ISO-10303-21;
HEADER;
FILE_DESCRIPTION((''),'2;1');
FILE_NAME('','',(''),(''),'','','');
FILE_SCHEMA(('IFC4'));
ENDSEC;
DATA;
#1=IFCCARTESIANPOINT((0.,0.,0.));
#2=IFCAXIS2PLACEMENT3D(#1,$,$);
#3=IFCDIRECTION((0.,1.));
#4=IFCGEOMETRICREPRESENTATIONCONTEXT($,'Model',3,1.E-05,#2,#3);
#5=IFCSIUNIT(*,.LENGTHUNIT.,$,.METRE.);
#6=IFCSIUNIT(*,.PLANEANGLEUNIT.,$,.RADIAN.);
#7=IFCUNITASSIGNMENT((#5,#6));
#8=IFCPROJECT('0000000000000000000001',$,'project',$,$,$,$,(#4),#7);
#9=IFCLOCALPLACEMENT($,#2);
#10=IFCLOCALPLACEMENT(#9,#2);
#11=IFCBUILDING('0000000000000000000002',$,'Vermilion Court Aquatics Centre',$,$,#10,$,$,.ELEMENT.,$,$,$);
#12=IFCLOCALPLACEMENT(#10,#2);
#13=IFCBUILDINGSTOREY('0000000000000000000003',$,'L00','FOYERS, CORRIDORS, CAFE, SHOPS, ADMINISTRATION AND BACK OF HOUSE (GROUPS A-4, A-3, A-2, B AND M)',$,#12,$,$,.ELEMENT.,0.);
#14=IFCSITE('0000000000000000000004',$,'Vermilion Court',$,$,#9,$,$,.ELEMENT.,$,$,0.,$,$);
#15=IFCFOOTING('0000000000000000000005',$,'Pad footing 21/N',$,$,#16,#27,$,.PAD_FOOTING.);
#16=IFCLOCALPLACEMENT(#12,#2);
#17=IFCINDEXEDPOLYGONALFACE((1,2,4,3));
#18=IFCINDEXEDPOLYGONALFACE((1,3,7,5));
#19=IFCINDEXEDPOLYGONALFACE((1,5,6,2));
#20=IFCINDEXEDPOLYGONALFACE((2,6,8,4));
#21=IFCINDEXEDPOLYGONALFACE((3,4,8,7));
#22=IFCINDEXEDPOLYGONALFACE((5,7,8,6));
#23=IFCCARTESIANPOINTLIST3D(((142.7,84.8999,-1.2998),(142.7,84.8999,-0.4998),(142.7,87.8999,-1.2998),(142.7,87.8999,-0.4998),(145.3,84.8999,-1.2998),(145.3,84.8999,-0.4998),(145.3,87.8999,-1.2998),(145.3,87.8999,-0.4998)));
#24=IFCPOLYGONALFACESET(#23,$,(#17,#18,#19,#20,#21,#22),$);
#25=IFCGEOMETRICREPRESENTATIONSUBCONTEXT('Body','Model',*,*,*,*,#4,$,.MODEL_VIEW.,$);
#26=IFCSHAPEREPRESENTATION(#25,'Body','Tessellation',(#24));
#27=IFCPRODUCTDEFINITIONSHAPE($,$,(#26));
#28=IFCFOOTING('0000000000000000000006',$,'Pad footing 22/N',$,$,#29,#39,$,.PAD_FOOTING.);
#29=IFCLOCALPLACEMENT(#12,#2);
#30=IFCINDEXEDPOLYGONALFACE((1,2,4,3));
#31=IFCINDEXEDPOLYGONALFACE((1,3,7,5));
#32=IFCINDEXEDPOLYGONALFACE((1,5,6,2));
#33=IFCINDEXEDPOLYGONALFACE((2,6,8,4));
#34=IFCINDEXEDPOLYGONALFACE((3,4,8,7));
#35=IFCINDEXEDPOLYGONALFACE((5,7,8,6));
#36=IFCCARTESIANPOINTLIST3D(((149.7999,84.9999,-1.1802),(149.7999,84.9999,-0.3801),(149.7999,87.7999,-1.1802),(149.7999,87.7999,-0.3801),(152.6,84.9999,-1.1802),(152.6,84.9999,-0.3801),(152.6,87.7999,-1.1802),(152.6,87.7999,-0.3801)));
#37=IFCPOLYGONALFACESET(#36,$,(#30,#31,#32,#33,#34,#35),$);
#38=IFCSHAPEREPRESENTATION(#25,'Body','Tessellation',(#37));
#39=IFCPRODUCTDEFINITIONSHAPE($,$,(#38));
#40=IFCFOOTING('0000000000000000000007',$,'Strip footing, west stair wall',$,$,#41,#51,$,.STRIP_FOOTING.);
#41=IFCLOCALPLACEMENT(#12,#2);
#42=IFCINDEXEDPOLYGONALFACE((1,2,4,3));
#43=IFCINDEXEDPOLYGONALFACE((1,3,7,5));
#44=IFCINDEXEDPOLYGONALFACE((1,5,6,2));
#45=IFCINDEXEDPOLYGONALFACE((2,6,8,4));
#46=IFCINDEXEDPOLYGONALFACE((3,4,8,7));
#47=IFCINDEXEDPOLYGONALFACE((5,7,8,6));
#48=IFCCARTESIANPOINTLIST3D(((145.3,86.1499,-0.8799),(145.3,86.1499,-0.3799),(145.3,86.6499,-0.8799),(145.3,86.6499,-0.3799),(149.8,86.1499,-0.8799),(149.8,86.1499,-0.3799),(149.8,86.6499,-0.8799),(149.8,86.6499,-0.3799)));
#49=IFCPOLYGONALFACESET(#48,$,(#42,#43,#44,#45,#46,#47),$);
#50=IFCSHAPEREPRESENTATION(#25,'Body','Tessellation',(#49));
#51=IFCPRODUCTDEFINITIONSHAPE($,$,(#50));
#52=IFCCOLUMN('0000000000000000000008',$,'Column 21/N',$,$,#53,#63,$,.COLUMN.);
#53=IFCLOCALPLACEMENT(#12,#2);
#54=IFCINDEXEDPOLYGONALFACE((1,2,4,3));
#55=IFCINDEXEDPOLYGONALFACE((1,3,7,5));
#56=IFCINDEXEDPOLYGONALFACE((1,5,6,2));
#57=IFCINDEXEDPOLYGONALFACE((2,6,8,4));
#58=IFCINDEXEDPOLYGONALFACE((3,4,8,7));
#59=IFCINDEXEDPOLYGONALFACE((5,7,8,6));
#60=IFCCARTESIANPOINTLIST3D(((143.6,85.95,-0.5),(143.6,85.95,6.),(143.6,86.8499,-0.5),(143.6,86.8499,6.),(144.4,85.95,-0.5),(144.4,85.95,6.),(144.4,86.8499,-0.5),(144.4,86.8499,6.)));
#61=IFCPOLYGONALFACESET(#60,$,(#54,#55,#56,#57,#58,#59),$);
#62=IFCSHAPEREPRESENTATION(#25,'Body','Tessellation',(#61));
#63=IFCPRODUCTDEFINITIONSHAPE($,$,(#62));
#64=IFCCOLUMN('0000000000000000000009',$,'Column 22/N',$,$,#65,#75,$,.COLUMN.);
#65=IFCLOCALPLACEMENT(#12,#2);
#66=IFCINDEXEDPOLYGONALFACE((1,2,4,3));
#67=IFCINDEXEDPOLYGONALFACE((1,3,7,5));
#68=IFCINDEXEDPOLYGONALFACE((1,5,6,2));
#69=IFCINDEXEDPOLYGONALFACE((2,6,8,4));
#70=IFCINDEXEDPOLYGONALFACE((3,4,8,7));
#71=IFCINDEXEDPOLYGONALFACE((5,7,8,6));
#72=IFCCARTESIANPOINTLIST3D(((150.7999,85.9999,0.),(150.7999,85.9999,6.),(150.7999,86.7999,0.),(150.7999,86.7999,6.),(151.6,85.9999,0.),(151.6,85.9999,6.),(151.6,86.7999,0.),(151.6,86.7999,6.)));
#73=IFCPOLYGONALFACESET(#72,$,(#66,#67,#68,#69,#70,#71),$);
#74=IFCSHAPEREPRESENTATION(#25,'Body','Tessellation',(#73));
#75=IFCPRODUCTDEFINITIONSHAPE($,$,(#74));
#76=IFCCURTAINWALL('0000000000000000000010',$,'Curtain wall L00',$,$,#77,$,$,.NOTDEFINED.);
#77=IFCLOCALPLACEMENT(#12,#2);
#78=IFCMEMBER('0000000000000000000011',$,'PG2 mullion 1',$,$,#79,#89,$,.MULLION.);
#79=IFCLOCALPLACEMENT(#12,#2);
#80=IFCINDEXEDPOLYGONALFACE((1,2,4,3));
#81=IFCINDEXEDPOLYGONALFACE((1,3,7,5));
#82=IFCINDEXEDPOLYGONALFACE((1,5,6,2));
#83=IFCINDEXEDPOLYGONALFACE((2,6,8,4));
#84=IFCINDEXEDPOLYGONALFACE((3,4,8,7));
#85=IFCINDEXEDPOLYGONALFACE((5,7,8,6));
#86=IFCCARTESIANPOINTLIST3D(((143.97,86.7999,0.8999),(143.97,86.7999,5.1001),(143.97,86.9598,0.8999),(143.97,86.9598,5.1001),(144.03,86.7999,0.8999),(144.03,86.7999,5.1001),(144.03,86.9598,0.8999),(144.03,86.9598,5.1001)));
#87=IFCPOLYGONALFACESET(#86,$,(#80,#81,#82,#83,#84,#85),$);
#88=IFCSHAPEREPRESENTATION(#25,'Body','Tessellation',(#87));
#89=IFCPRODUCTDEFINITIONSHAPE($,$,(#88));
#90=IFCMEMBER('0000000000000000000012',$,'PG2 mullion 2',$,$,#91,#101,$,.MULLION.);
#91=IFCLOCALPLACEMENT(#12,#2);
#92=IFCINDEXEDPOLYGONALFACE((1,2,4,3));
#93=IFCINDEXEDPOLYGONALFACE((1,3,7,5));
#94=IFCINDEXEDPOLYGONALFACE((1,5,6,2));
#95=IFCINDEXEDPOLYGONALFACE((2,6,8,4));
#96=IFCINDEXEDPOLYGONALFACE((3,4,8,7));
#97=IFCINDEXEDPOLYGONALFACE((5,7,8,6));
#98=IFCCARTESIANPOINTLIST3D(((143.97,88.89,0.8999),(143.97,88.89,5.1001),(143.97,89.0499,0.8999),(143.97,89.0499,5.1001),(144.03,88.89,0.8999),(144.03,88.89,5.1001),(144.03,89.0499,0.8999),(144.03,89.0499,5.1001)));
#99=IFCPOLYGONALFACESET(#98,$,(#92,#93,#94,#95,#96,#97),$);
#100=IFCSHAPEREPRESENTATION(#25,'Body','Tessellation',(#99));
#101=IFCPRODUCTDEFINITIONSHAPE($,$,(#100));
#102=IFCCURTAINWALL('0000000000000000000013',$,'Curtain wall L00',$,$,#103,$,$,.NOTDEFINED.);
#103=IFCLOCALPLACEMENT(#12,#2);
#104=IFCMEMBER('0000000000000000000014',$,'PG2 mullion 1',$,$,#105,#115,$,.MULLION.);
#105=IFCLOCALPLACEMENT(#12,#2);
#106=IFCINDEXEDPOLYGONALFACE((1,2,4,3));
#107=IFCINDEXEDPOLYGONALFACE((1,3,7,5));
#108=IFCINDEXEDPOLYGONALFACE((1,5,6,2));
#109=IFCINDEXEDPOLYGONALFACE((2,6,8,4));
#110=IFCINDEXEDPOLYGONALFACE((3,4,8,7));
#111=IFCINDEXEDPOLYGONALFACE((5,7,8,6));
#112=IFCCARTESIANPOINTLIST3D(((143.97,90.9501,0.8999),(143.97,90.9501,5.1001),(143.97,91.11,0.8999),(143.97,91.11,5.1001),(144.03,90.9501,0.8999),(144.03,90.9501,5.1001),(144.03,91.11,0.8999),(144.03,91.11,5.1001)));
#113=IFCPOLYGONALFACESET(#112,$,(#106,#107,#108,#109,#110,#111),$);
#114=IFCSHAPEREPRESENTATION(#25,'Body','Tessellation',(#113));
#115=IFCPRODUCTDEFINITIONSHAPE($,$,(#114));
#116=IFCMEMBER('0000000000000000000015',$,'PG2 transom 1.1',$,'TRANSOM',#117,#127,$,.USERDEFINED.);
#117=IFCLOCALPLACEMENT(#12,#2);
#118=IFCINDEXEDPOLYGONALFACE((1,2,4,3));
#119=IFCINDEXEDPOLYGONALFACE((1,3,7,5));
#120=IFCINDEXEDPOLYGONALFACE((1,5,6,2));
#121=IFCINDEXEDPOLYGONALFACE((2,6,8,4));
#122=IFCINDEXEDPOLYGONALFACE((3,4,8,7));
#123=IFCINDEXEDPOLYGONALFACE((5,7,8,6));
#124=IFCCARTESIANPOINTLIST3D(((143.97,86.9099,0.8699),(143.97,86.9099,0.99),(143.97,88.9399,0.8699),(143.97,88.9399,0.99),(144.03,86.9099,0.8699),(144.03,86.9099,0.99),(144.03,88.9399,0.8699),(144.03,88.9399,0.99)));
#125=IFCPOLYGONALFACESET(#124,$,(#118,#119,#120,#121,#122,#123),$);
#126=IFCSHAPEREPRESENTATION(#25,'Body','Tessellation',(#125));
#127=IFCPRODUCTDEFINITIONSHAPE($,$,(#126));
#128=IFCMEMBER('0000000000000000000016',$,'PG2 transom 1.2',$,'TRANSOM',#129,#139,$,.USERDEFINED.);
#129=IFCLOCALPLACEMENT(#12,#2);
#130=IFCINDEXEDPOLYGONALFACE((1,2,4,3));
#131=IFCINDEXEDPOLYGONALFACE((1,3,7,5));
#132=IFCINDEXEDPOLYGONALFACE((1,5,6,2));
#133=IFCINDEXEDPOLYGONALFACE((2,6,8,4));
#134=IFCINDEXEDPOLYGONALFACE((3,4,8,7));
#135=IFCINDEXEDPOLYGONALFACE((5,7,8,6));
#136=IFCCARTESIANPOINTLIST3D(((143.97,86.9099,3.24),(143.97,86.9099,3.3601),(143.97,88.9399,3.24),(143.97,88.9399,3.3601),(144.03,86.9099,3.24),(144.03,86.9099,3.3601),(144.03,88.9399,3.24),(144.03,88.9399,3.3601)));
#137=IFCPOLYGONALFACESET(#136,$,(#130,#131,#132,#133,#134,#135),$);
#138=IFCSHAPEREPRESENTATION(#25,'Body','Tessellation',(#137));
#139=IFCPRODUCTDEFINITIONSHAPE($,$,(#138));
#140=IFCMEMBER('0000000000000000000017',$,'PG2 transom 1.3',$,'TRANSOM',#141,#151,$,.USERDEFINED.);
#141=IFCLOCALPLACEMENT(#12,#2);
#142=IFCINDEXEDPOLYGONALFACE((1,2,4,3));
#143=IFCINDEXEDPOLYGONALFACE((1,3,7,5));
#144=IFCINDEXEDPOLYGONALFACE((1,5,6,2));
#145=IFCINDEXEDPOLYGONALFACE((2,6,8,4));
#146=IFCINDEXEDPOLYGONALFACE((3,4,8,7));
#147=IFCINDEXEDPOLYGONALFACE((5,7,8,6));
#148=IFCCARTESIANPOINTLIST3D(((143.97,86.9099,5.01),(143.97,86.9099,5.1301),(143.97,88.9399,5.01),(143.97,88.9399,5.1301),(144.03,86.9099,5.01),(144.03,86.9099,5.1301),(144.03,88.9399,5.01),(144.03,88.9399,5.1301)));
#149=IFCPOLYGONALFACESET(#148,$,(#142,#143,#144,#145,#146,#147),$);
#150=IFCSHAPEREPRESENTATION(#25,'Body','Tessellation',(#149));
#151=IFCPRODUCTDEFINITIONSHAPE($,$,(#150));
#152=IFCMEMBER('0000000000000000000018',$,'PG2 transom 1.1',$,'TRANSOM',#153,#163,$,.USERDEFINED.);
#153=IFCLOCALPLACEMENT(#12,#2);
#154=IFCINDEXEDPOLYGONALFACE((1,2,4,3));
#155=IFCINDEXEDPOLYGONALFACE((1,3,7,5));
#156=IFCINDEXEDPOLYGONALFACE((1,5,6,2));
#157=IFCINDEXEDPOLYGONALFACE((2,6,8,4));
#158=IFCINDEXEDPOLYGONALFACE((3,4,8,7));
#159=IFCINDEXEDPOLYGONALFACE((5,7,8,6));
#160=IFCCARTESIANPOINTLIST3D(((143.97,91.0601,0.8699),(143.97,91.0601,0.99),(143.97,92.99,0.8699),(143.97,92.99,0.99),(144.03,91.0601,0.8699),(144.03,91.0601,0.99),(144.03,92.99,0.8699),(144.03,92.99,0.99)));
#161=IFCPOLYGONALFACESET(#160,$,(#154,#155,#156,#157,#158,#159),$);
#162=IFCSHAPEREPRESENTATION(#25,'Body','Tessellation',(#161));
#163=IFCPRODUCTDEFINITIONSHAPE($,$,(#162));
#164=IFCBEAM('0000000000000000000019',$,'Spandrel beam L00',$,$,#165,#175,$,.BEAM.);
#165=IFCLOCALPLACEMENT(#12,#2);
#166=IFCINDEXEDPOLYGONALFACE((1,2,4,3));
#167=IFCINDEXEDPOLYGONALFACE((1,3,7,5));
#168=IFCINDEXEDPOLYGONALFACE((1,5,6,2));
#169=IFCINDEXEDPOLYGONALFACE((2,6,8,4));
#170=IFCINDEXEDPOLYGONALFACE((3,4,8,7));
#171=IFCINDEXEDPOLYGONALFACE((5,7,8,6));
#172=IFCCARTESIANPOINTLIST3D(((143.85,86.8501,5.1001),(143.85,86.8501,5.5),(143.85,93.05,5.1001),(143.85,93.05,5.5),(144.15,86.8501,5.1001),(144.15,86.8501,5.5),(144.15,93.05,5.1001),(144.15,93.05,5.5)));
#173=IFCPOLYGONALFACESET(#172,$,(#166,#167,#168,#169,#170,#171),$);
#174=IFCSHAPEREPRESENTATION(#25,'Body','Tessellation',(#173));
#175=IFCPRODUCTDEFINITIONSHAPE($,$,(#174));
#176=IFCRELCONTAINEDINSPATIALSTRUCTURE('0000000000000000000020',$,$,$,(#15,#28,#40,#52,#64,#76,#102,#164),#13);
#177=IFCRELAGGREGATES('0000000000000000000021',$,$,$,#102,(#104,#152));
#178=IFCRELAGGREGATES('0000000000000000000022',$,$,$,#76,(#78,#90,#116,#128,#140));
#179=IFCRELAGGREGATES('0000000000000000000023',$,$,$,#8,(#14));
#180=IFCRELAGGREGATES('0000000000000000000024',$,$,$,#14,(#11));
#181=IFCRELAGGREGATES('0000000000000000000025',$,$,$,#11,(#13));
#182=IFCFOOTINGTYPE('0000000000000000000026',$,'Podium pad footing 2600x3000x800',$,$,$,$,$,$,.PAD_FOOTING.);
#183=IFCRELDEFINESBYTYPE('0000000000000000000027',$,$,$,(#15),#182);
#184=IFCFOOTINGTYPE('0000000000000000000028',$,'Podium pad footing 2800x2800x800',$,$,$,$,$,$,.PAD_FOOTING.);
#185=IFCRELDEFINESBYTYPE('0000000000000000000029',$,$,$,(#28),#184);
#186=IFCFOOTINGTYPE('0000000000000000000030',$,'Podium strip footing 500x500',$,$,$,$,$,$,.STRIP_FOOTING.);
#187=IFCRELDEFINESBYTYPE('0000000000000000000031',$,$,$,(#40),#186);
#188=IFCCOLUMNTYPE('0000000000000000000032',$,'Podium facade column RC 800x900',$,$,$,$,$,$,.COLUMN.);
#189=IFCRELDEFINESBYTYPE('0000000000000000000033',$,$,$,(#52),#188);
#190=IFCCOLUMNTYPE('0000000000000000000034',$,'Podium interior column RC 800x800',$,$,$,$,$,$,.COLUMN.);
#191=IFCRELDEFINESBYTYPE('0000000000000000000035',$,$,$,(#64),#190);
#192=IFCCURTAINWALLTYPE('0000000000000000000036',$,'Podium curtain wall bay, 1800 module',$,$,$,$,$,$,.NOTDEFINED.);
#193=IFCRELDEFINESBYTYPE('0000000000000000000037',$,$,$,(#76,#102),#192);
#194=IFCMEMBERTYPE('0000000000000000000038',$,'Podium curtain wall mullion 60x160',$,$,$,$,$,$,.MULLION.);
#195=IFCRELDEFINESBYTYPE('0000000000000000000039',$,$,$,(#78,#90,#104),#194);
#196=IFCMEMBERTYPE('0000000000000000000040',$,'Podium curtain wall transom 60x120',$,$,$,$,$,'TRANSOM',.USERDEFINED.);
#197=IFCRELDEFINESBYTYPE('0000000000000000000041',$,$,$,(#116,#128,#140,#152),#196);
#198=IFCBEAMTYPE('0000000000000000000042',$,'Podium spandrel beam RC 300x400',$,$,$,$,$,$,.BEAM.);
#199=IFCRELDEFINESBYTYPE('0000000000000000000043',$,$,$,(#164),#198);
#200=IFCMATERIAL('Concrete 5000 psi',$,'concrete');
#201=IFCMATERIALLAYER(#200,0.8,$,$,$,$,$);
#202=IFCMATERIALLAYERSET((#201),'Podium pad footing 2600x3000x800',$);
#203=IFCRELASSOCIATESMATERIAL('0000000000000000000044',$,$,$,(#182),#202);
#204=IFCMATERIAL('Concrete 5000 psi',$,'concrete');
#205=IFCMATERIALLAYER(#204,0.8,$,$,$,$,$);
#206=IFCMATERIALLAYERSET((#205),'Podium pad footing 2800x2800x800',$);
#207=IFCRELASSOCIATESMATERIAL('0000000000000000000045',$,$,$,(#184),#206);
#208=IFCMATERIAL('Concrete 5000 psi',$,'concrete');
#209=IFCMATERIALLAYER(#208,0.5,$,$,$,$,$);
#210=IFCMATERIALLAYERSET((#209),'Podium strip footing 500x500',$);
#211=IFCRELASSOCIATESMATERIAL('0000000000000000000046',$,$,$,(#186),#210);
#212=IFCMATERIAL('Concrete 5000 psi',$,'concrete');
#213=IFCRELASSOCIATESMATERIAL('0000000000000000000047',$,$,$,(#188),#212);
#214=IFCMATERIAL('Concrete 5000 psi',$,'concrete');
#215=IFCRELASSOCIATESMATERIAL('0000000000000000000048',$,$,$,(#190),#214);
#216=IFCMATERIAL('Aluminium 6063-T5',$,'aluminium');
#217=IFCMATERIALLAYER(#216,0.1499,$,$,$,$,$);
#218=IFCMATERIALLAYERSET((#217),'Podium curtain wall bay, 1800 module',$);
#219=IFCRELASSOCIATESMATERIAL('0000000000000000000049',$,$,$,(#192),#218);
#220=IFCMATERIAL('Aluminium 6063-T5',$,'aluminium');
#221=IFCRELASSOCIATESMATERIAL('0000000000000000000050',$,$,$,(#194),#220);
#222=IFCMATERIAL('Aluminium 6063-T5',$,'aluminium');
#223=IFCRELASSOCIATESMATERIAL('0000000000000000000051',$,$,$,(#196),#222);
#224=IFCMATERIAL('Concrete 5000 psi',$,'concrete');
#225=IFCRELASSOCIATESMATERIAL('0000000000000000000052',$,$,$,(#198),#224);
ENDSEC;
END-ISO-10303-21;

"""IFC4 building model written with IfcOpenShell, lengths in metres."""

from ifc_helpers import new_model, si_unit, direction, frame, origin, origin_2d, place, context, subcontext, project, spatial, rectangle, extrude, material, layer, layer_set, material_profile, profile_set, type_object, element, aggregate, save


model = new_model("IFC4")

# Units and contexts
model_context = context("Model", 3, precision=1e-05, world=origin(), true_north=direction((0.0, 1.0)))
body_context = subcontext(model_context, "Body", "Model", "MODEL_VIEW")
ifc_project = project(units=[si_unit("LENGTHUNIT", "METRE"), si_unit("PLANEANGLEUNIT", "RADIAN")], contexts=[model_context])

# Site, building, storey
site_placement = place(None, origin())
site = spatial("IfcSite", under=ifc_project, at=site_placement, Name="Vermilion Court", CompositionType="ELEMENT", RefElevation=0.0)
building_placement = place(site_placement, origin())
building = spatial("IfcBuilding", under=site, at=building_placement, Name="Vermilion Court Aquatics Centre", CompositionType="ELEMENT")
storey_placement = place(building_placement, origin())
storey = spatial("IfcBuildingStorey", under=building, at=storey_placement, Name="L00", Description="FOYERS, CORRIDORS, CAFE, SHOPS, ADMINISTRATION AND BACK OF HOUSE (GROUPS A-4, A-3, A-2, B AND M)", CompositionType="ELEMENT", Elevation=0.0)

# Footings
ifc_material_1 = material(Name="Concrete 5000 psi", Category="concrete")
ifc_layer_1 = layer(ifc_material_1, 0.8)
ifc_layer_set_1 = layer_set([ifc_layer_1], Name="Podium pad footing 2600x3000x800")
footing_type_1 = type_object("IfcFootingType", Name="Podium pad footing 2600x3000x800", PredefinedType="PAD_FOOTING", material=ifc_layer_set_1)
footing_1_placement = place(storey_placement, frame((144.0, 86.3999, -1.2998), z_axis=(0.0, 0.0, 1.0), x_axis=(1.0, 0.0, 0.0)))
element("IfcFooting", 1, at=footing_1_placement, inside=storey, type_object=footing_type_1, Name="Pad footing 21/N", PredefinedType="PAD_FOOTING", context=body_context, shape_type="SweptSolid", body=[
    extrude(rectangle(XDim=2.6001, YDim=3.0, at=origin_2d()), origin(), (0.0, 0.0, 1.0), 0.8),
])
ifc_material_2 = material(Name="Concrete 5000 psi", Category="concrete")
ifc_layer_2 = layer(ifc_material_2, 0.8)
ifc_layer_set_2 = layer_set([ifc_layer_2], Name="Podium pad footing 2800x2800x800")
footing_type_2 = type_object("IfcFootingType", Name="Podium pad footing 2800x2800x800", PredefinedType="PAD_FOOTING", material=ifc_layer_set_2)
footing_2_placement = place(storey_placement, frame((151.2, 86.3999, -1.1802), z_axis=(0.0, 0.0, 1.0), x_axis=(1.0, 0.0, 0.0)))
element("IfcFooting", 2, at=footing_2_placement, inside=storey, type_object=footing_type_2, Name="Pad footing 22/N", PredefinedType="PAD_FOOTING", context=body_context, shape_type="SweptSolid", body=[
    extrude(rectangle(XDim=2.8, YDim=2.8, at=origin_2d()), origin(), (0.0, 0.0, 1.0), 0.8),
])
ifc_material_3 = material(Name="Concrete 5000 psi", Category="concrete")
ifc_layer_3 = layer(ifc_material_3, 0.5)
ifc_layer_set_3 = layer_set([ifc_layer_3], Name="Podium strip footing 500x500")
footing_type_3 = type_object("IfcFootingType", Name="Podium strip footing 500x500", PredefinedType="STRIP_FOOTING", material=ifc_layer_set_3)
footing_3_placement = place(storey_placement, frame((147.55, 86.3999, -0.8799), z_axis=(0.0, 0.0, 1.0), x_axis=(1.0, 0.0, 0.0)))
element("IfcFooting", 3, at=footing_3_placement, inside=storey, type_object=footing_type_3, Name="Strip footing, west stair wall", PredefinedType="STRIP_FOOTING", context=body_context, shape_type="SweptSolid", body=[
    extrude(rectangle(XDim=4.5, YDim=0.5, at=origin_2d()), origin(), (0.0, 0.0, 1.0), 0.5),
])

# Columns
ifc_material_4 = material(Name="Concrete 5000 psi", Category="concrete")
ifc_material_profile_1 = material_profile(ifc_material_4, rectangle(XDim=0.8, YDim=0.8999, at=origin_2d()), Name="RC 800x900")
ifc_profile_set_1 = profile_set([ifc_material_profile_1], Name="Concrete 5000 psi")
column_type_1 = type_object("IfcColumnType", Name="Podium facade column RC 800x900", PredefinedType="COLUMN", material=ifc_profile_set_1)
column_1_placement = place(storey_placement, frame((144.0, 86.3999, -0.5), z_axis=(0.0, 0.0, 1.0), x_axis=(1.0, 0.0, 0.0)))
element("IfcColumn", 4, at=column_1_placement, inside=storey, type_object=column_type_1, Name="Column 21/N", PredefinedType="COLUMN", context=body_context, shape_type="SweptSolid", body=[
    extrude(rectangle(XDim=0.8, YDim=0.8999, at=origin_2d()), origin(), (0.0, 0.0, 1.0), 6.5),
])
ifc_material_5 = material(Name="Concrete 5000 psi", Category="concrete")
ifc_material_profile_2 = material_profile(ifc_material_5, rectangle(XDim=0.8, YDim=0.8, at=origin_2d()), Name="RC 800x800")
ifc_profile_set_2 = profile_set([ifc_material_profile_2], Name="Concrete 5000 psi")
column_type_2 = type_object("IfcColumnType", Name="Podium interior column RC 800x800", PredefinedType="COLUMN", material=ifc_profile_set_2)
column_2_placement = place(storey_placement, frame((151.2, 86.3999, 0.0), z_axis=(0.0, 0.0, 1.0), x_axis=(1.0, 0.0, 0.0)))
element("IfcColumn", 5, at=column_2_placement, inside=storey, type_object=column_type_2, Name="Column 22/N", PredefinedType="COLUMN", context=body_context, shape_type="SweptSolid", body=[
    extrude(rectangle(XDim=0.8, YDim=0.8, at=origin_2d()), origin(), (0.0, 0.0, 1.0), 6.0),
])

# Curtain wall, members
ifc_material_6 = material(Name="Aluminium 6063-T5", Category="aluminium")
ifc_layer_4 = layer(ifc_material_6, 0.1499)
ifc_layer_set_4 = layer_set([ifc_layer_4], Name="Podium curtain wall bay, 1800 module")
curtain_wall_type = type_object("IfcCurtainWallType", Name="Podium curtain wall bay, 1800 module", PredefinedType="NOTDEFINED", material=ifc_layer_set_4)
curtain_wall_1_placement = place(storey_placement, origin())
curtain_wall_1 = element("IfcCurtainWall", 6, at=curtain_wall_1_placement, inside=storey, type_object=curtain_wall_type, Name="Curtain wall L00", PredefinedType="NOTDEFINED")
ifc_material_7 = material(Name="Aluminium 6063-T5", Category="aluminium")
ifc_material_profile_3 = material_profile(ifc_material_7, rectangle(XDim=0.0601, YDim=0.1599, at=origin_2d()), Name="Mullion 60x160")
ifc_profile_set_3 = profile_set([ifc_material_profile_3], Name="Aluminium 6063-T5")
member_type_1 = type_object("IfcMemberType", Name="Podium curtain wall mullion 60x160", PredefinedType="MULLION", material=ifc_profile_set_3)
member_1_placement = place(storey_placement, frame((144.0, 86.8799, 0.8999), z_axis=(0.0, 0.0, 1.0), x_axis=(-1.0, 0.0, 0.0)))
member_1 = element("IfcMember", 7, at=member_1_placement, type_object=member_type_1, Name="PG2 mullion 1", PredefinedType="MULLION", context=body_context, shape_type="SweptSolid", body=[
    extrude(rectangle(XDim=0.0601, YDim=0.1599, at=origin_2d()), origin(), (0.0, 0.0, 1.0), 4.2002),
])
member_2_placement = place(storey_placement, frame((144.0, 88.97, 0.8999), z_axis=(0.0, 0.0, 1.0), x_axis=(-1.0, 0.0, 0.0)))
member_2 = element("IfcMember", 8, at=member_2_placement, type_object=member_type_1, Name="PG2 mullion 2", PredefinedType="MULLION", context=body_context, shape_type="SweptSolid", body=[
    extrude(rectangle(XDim=0.0601, YDim=0.1599, at=origin_2d()), origin(), (0.0, 0.0, 1.0), 4.2002),
])

# Curtain wall, member
curtain_wall_2_placement = place(storey_placement, origin())
curtain_wall_2 = element("IfcCurtainWall", 9, at=curtain_wall_2_placement, inside=storey, type_object=curtain_wall_type, Name="Curtain wall L00", PredefinedType="NOTDEFINED")
member_3_placement = place(storey_placement, frame((144.0, 91.03, 0.8999), z_axis=(0.0, 0.0, 1.0), x_axis=(-1.0, 0.0, 0.0)))
member_3 = element("IfcMember", 10, at=member_3_placement, type_object=member_type_1, Name="PG2 mullion 1", PredefinedType="MULLION", context=body_context, shape_type="SweptSolid", body=[
    extrude(rectangle(XDim=0.0601, YDim=0.1599, at=origin_2d()), origin(), (0.0, 0.0, 1.0), 4.2002),
])

# Members
ifc_material_8 = material(Name="Aluminium 6063-T5", Category="aluminium")
ifc_material_profile_4 = material_profile(ifc_material_8, rectangle(XDim=0.0601, YDim=0.1201, at=origin_2d()), Name="Transom 60x120")
ifc_profile_set_4 = profile_set([ifc_material_profile_4], Name="Aluminium 6063-T5")
member_type_2 = type_object("IfcMemberType", Name="Podium curtain wall transom 60x120", ElementType="TRANSOM", PredefinedType="USERDEFINED", material=ifc_profile_set_4)
member_4_placement = place(storey_placement, frame((144.0, 86.9099, 0.9299), z_axis=(0.0, 1.0, 0.0), x_axis=(-1.0, 0.0, 0.0)))
member_4 = element("IfcMember", 11, at=member_4_placement, type_object=member_type_2, Name="PG2 transom 1.1", ObjectType="TRANSOM", PredefinedType="USERDEFINED", context=body_context, shape_type="SweptSolid", body=[
    extrude(rectangle(XDim=0.0601, YDim=0.1201, at=origin_2d()), origin(), (0.0, 0.0, 1.0), 2.03),
])
member_5_placement = place(storey_placement, frame((144.0, 86.9099, 3.3), z_axis=(0.0, 1.0, 0.0), x_axis=(-1.0, 0.0, 0.0)))
member_5 = element("IfcMember", 12, at=member_5_placement, type_object=member_type_2, Name="PG2 transom 1.2", ObjectType="TRANSOM", PredefinedType="USERDEFINED", context=body_context, shape_type="SweptSolid", body=[
    extrude(rectangle(XDim=0.0601, YDim=0.1201, at=origin_2d()), origin(), (0.0, 0.0, 1.0), 2.03),
])
member_6_placement = place(storey_placement, frame((144.0, 86.9099, 5.0701), z_axis=(0.0, 1.0, 0.0), x_axis=(-1.0, 0.0, 0.0)))
member_6 = element("IfcMember", 13, at=member_6_placement, type_object=member_type_2, Name="PG2 transom 1.3", ObjectType="TRANSOM", PredefinedType="USERDEFINED", context=body_context, shape_type="SweptSolid", body=[
    extrude(rectangle(XDim=0.0601, YDim=0.1201, at=origin_2d()), origin(), (0.0, 0.0, 1.0), 2.03),
])
member_7_placement = place(storey_placement, frame((144.0, 91.0601, 0.9299), z_axis=(0.0, 1.0, 0.0), x_axis=(-1.0, 0.0, 0.0)))
member_7 = element("IfcMember", 14, at=member_7_placement, type_object=member_type_2, Name="PG2 transom 1.1", ObjectType="TRANSOM", PredefinedType="USERDEFINED", context=body_context, shape_type="SweptSolid", body=[
    extrude(rectangle(XDim=0.0601, YDim=0.1201, at=origin_2d()), origin(), (0.0, 0.0, 1.0), 1.9299),
])
aggregate(curtain_wall_2, [member_3, member_7])

# Beam
ifc_material_9 = material(Name="Concrete 5000 psi", Category="concrete")
ifc_material_profile_5 = material_profile(ifc_material_9, rectangle(XDim=0.3, YDim=0.3999, at=origin_2d()), Name="RC 300x400")
ifc_profile_set_5 = profile_set([ifc_material_profile_5], Name="Concrete 5000 psi")
beam_type = type_object("IfcBeamType", Name="Podium spandrel beam RC 300x400", PredefinedType="BEAM", material=ifc_profile_set_5)
beam_placement = place(storey_placement, frame((144.0, 86.8501, 5.3), z_axis=(0.0, 1.0, 0.0), x_axis=(-1.0, 0.0, 0.0)))
element("IfcBeam", 15, at=beam_placement, inside=storey, type_object=beam_type, Name="Spandrel beam L00", PredefinedType="BEAM", context=body_context, shape_type="SweptSolid", body=[
    extrude(rectangle(XDim=0.3, YDim=0.3999, at=origin_2d()), origin(), (0.0, 0.0, 1.0), 6.2),
])

aggregate(curtain_wall_1, [member_1, member_2, member_4, member_5, member_6])

save(model, "model.ifc")
